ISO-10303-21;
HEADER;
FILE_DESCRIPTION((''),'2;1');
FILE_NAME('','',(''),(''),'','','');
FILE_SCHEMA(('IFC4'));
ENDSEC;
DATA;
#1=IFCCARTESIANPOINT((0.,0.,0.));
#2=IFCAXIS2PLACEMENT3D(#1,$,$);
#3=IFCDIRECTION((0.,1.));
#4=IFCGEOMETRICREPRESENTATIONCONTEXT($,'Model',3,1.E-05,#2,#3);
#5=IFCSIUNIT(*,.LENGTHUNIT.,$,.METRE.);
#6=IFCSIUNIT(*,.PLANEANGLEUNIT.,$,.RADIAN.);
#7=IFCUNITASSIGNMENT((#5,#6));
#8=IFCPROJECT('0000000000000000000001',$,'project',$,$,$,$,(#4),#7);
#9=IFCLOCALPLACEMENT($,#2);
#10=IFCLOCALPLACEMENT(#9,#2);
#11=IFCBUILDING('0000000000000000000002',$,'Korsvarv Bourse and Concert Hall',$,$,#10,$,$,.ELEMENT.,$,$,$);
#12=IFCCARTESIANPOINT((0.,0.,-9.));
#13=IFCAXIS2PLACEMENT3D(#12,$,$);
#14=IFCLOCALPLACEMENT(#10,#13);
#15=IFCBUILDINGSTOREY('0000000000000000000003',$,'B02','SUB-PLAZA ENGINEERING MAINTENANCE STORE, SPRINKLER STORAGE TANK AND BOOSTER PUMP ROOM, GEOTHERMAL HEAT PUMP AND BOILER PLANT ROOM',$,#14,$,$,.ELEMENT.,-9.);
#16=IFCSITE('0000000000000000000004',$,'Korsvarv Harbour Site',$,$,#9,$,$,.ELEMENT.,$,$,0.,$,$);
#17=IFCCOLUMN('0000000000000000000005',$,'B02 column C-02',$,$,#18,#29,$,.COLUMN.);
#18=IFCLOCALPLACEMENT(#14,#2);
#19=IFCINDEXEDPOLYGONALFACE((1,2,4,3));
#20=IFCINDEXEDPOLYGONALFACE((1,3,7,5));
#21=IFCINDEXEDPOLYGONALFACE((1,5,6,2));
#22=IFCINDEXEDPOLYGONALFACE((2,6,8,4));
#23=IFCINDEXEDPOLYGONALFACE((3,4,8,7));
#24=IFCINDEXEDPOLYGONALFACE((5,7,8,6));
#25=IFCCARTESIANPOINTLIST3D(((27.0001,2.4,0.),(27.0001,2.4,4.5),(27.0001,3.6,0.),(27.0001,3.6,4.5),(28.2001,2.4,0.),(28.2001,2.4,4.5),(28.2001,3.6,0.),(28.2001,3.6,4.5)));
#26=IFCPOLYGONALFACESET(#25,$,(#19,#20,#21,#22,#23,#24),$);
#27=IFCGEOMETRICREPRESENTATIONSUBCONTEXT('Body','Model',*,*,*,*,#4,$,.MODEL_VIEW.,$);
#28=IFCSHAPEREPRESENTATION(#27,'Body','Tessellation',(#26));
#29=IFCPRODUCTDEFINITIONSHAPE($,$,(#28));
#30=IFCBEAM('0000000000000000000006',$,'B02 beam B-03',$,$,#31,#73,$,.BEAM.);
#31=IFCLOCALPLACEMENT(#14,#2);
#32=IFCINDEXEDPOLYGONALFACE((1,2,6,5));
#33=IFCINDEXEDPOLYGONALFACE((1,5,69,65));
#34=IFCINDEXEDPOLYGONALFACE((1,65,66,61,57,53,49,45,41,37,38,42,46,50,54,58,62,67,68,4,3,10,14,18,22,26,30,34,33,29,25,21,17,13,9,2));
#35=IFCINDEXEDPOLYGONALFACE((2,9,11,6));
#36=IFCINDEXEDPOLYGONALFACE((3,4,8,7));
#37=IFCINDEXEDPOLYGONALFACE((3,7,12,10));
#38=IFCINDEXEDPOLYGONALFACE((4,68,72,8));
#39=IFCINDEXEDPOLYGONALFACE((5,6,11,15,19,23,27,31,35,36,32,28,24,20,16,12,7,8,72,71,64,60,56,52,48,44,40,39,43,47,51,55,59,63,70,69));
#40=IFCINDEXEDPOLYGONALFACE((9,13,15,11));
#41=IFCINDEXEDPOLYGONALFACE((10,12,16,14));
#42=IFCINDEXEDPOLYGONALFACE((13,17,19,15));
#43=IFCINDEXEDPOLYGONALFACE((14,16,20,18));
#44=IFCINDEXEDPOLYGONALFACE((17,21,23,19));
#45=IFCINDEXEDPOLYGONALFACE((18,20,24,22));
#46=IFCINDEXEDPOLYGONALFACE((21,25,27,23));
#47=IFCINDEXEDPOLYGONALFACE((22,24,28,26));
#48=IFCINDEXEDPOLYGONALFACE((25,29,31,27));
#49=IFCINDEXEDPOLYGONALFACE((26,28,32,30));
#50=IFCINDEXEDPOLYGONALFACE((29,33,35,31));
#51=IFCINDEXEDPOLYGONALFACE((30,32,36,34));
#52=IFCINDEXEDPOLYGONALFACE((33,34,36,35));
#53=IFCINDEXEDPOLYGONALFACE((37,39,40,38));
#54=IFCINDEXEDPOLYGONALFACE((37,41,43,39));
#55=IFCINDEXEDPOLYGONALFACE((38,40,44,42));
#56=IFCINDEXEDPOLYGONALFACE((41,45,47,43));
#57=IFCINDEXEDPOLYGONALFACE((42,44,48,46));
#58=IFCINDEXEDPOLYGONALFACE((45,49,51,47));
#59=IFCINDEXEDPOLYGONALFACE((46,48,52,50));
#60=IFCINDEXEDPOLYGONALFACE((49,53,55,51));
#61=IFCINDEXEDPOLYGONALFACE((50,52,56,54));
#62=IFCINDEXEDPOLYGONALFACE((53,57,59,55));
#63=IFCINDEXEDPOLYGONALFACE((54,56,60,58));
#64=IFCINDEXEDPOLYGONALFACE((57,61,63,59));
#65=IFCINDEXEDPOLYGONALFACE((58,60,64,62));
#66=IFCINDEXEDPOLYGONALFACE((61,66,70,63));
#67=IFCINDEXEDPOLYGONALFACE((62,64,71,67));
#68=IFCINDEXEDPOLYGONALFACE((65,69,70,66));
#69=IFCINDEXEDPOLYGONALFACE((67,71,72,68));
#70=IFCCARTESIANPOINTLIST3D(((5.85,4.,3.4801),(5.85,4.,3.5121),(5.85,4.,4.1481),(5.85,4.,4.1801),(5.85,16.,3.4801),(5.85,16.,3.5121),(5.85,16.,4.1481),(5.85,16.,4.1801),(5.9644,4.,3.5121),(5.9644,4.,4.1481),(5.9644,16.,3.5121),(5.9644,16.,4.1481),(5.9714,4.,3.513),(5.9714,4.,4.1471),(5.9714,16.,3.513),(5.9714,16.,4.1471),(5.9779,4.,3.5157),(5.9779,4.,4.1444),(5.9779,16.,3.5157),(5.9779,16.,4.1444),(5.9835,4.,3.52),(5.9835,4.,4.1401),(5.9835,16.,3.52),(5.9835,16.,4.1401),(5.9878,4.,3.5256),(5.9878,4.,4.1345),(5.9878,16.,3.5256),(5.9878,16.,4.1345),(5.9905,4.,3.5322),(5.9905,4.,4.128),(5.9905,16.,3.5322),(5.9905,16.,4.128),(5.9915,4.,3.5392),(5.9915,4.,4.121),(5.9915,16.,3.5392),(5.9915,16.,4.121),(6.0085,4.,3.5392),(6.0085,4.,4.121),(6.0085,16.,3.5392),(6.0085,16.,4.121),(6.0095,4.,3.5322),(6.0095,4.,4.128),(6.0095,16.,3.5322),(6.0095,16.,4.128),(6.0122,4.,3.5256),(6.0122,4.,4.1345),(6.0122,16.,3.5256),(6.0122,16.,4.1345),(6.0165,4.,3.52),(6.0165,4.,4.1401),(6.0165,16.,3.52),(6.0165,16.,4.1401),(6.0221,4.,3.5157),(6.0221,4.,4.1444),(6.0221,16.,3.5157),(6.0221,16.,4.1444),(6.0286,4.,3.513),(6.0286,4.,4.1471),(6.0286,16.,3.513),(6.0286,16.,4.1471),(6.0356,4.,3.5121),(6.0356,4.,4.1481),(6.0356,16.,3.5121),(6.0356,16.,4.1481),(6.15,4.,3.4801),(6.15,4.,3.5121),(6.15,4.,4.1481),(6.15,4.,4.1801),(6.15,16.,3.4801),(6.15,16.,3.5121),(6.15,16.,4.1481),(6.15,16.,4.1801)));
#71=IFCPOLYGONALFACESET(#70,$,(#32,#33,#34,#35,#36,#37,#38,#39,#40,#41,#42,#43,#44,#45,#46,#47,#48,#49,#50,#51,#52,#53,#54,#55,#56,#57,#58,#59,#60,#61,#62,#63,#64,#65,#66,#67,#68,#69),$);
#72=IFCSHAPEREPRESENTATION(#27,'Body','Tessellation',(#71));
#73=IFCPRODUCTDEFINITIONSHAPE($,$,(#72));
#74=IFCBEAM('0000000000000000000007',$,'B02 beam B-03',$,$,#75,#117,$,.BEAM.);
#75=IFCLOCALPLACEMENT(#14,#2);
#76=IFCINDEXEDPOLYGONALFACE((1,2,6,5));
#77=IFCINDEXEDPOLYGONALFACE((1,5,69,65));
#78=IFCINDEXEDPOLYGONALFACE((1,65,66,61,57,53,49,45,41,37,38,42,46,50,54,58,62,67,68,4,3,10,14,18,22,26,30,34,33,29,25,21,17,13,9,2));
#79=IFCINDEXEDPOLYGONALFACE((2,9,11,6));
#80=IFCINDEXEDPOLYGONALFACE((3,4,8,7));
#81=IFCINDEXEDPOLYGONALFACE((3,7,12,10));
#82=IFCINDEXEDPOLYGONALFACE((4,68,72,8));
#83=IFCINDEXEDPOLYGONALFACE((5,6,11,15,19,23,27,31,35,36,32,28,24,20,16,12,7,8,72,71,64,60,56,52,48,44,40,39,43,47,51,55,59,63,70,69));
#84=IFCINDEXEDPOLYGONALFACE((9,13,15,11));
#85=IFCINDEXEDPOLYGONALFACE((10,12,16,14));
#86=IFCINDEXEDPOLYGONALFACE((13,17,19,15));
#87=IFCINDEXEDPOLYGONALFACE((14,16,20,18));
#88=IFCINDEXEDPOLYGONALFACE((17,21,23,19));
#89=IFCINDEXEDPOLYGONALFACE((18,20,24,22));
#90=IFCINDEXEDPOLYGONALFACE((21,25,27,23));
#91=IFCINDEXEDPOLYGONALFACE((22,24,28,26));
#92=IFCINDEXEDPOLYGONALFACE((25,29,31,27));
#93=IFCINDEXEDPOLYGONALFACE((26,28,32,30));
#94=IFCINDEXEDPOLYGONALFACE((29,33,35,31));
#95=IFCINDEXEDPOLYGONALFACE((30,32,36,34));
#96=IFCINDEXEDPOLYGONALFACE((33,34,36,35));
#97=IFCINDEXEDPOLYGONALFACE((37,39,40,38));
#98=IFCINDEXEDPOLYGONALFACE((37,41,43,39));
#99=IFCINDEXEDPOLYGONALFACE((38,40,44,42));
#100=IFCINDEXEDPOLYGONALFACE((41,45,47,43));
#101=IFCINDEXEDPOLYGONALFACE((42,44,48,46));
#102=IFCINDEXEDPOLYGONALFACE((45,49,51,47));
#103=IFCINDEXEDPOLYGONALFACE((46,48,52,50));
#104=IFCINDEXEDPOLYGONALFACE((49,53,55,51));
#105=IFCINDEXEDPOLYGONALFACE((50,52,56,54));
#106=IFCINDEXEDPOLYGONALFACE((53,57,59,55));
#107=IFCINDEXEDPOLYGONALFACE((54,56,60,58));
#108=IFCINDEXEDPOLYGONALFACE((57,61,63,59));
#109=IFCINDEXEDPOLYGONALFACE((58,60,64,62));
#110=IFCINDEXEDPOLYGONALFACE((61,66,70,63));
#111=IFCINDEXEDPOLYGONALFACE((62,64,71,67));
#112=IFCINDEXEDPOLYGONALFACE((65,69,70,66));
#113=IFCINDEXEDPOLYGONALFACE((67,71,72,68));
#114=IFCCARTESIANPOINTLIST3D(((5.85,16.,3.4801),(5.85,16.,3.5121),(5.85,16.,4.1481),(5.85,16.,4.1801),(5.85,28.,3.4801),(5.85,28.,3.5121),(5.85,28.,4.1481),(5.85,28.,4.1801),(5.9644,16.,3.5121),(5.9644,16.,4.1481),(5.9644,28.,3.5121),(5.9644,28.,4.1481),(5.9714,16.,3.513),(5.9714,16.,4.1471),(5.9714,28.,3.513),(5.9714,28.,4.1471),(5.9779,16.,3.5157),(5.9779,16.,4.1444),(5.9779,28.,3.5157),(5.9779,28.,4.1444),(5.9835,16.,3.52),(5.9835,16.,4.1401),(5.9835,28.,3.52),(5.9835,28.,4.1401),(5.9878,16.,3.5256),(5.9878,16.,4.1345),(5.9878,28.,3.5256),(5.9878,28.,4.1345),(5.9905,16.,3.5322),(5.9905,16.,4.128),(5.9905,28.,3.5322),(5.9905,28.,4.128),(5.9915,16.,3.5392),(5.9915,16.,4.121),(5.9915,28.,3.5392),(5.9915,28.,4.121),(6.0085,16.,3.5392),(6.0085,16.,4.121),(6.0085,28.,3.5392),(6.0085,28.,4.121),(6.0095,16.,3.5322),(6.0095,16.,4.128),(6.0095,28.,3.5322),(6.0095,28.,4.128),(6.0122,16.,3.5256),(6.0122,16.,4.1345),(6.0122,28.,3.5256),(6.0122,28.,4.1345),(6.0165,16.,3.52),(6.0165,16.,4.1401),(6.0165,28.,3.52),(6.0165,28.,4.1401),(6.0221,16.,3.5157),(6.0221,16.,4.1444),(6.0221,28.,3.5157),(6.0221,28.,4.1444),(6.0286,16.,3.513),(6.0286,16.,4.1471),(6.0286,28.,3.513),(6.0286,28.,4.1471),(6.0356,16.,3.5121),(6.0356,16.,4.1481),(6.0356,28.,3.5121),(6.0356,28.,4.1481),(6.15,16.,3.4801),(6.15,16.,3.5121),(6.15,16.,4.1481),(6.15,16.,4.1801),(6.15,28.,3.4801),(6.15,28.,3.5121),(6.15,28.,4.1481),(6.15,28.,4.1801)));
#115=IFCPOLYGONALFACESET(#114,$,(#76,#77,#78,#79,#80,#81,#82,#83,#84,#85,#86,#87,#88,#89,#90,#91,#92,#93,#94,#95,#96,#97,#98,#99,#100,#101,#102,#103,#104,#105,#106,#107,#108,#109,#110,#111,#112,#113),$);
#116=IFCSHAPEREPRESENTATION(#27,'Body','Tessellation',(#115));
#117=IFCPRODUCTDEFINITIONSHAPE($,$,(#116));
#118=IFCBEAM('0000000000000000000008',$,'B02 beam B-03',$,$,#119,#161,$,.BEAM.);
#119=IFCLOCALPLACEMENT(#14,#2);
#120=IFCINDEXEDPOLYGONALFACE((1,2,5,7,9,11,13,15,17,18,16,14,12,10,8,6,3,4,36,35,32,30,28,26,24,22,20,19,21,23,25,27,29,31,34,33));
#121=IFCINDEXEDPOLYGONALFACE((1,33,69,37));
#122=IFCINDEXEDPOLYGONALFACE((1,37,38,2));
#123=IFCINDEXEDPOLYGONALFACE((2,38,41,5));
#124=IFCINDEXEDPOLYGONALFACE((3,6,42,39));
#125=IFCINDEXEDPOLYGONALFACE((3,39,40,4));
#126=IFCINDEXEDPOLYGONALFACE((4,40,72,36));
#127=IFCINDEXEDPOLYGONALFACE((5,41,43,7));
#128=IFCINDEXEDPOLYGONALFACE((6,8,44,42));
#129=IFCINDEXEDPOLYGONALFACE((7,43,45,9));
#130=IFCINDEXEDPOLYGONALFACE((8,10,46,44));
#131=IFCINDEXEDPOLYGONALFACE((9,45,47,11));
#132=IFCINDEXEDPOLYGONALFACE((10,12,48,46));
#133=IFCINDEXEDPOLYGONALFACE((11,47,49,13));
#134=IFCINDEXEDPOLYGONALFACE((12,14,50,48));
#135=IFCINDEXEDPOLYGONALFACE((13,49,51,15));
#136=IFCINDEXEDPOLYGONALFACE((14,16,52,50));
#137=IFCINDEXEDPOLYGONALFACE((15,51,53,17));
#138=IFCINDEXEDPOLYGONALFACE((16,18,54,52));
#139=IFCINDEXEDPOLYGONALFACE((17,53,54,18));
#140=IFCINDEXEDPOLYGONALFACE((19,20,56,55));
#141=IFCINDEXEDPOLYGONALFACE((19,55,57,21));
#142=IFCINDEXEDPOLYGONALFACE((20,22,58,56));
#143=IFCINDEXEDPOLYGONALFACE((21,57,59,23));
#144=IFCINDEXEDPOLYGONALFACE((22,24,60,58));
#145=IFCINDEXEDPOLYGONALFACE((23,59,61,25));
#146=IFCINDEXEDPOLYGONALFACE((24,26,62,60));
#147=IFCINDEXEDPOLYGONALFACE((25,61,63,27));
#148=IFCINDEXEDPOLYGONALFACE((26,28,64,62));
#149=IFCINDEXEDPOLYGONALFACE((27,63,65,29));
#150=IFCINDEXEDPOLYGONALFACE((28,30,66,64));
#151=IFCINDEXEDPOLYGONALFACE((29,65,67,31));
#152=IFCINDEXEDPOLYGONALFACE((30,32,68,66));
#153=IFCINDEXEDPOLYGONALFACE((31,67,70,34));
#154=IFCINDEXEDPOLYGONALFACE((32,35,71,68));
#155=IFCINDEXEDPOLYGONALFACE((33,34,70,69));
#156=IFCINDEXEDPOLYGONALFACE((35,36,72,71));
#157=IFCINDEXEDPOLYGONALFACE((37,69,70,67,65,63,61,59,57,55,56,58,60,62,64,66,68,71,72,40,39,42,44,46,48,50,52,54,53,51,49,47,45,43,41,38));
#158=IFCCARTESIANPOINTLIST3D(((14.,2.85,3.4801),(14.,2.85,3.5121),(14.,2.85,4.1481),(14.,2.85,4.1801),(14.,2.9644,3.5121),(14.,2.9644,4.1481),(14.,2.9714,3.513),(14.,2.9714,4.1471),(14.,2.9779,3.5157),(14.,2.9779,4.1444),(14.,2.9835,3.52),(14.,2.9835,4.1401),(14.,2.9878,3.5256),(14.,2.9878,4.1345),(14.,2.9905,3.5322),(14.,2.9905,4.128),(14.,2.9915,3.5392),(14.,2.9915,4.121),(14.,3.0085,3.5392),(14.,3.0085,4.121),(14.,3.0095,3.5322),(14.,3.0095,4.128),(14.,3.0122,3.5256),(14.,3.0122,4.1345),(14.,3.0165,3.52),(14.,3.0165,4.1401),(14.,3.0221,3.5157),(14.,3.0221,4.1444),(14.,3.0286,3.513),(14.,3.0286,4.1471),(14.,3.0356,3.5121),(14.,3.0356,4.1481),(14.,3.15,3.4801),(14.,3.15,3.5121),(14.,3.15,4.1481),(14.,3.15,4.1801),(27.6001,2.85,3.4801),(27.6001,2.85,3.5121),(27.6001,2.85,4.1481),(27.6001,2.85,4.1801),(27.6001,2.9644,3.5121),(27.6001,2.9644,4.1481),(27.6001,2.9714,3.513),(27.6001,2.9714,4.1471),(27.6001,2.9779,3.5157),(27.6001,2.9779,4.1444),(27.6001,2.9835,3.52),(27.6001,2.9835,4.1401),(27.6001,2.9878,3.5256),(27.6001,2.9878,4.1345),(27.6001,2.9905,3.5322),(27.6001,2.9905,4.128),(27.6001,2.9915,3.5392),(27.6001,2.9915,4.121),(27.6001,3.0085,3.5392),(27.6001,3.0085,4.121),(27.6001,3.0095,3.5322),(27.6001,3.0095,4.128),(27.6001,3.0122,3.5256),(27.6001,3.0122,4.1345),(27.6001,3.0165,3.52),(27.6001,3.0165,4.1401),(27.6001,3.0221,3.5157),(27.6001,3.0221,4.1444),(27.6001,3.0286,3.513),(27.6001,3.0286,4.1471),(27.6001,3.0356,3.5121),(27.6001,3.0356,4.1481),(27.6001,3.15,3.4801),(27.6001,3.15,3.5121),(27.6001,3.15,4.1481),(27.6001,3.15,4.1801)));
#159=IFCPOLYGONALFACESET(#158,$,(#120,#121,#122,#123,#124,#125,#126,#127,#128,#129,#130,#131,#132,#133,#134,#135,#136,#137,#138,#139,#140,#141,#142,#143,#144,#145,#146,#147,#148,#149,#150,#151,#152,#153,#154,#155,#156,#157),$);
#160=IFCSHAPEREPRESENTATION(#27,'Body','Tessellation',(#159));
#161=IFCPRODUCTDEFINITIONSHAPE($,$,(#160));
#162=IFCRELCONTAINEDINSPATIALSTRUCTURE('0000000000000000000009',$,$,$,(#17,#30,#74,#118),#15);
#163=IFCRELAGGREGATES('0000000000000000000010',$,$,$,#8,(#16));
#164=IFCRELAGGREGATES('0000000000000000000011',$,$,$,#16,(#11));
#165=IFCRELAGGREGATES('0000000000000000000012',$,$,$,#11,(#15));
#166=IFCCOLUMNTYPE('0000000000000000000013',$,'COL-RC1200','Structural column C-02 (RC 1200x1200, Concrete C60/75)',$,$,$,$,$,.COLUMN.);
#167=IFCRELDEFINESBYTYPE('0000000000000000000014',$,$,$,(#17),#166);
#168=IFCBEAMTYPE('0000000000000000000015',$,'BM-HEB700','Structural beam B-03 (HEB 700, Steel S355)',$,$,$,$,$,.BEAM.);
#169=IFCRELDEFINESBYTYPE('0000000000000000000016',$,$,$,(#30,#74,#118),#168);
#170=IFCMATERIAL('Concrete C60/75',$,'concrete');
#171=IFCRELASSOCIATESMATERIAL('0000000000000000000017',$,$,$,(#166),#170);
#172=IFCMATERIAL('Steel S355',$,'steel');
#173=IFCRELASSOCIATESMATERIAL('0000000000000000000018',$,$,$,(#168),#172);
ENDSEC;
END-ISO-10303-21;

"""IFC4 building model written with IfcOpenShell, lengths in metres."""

from ifc_helpers import new_model, si_unit, direction, frame, origin, origin_2d, place, context, subcontext, project, spatial, rectangle, i_section, extrude, source, transform, mapped, material, material_profile, profile_set, type_object, element, save


model = new_model("IFC4")

# Units and contexts
model_context = context("Model", 3, precision=1e-05, world=origin(), true_north=direction((0.0, 1.0)))
body_context = subcontext(model_context, "Body", "Model", "MODEL_VIEW")
ifc_project = project(units=[si_unit("LENGTHUNIT", "METRE"), si_unit("PLANEANGLEUNIT", "RADIAN")], contexts=[model_context])

# Site, building, storey
site_placement = place(None, origin())
site = spatial("IfcSite", under=ifc_project, at=site_placement, Name="Korsvarv Harbour Site", CompositionType="ELEMENT", RefElevation=0.0)
building_placement = place(site_placement, origin())
building = spatial("IfcBuilding", under=site, at=building_placement, Name="Korsvarv Bourse and Concert Hall", CompositionType="ELEMENT")
storey_placement = place(building_placement, frame((0.0, 0.0, -9.0)))
storey = spatial("IfcBuildingStorey", under=building, at=storey_placement, Name="B02", Description="SUB-PLAZA ENGINEERING MAINTENANCE STORE, SPRINKLER STORAGE TANK AND BOOSTER PUMP ROOM, GEOTHERMAL HEAT PUMP AND BOILER PLANT ROOM", CompositionType="ELEMENT", Elevation=-9.0)

# Column
ifc_material_1 = material(Name="Concrete C60/75", Category="concrete")
ifc_material_profile_1 = material_profile(ifc_material_1, rectangle(XDim=1.2, YDim=1.2, at=origin_2d()), Name="RC 1200x1200")
ifc_profile_set_1 = profile_set([ifc_material_profile_1], Name="Concrete C60/75")
column_type = type_object("IfcColumnType", Name="COL-RC1200", Description="Structural column C-02 (RC 1200x1200, Concrete C60/75)", PredefinedType="COLUMN", material=ifc_profile_set_1)
shared_shape_1 = source(origin(), body_context, "Body", "SweptSolid", [
    extrude(rectangle(XDim=1.2, YDim=1.2, at=origin_2d()), origin(), (0.0, 0.0, 1.0), 4.5),
])
for number, where, z_axis, x_axis, name in (
    (1, (27.6001, 3.0, 0.0), (0.0, 0.0, 1.0), (1.0, 0.0, 0.0), "B02 column C-02"),
):
    element("IfcColumn", number, at=place(storey_placement, frame(where, z_axis=z_axis, x_axis=x_axis)), inside=storey, type_object=column_type, Name=name, PredefinedType="COLUMN", context=body_context, shape_type="MappedRepresentation", body=[
        mapped(shared_shape_1, transform((0.0, 0.0, 0.0), scale=1.0)),
    ])

# Beams
ifc_material_2 = material(Name="Steel S355", Category="steel")
ifc_material_profile_2 = material_profile(ifc_material_2, i_section(OverallWidth=0.3, OverallDepth=0.7, WebThickness=0.0171, FlangeThickness=0.032, FilletRadius=0.0271, at=origin_2d()), Name="HEB 700")
ifc_profile_set_2 = profile_set([ifc_material_profile_2], Name="Steel S355")
beam_type_1 = type_object("IfcBeamType", Name="BM-HEB700", Description="Structural beam B-03 (HEB 700, Steel S355)", PredefinedType="BEAM", material=ifc_profile_set_2)
shared_shape_2 = source(origin(), body_context, "Body", "SweptSolid", [
    extrude(i_section(OverallWidth=0.3, OverallDepth=0.7, WebThickness=0.0171, FlangeThickness=0.032, FilletRadius=0.0271, at=origin_2d()), origin(), (0.0, 0.0, 1.0), 12.0),
])
for number, where, z_axis, x_axis, name in (
    (2, (6.0, 4.0, 3.8301), (0.0, 1.0, 0.0), (-1.0, 0.0, 0.0), "B02 beam B-03"),
    (3, (6.0, 16.0, 3.8301), (0.0, 1.0, 0.0), (-1.0, 0.0, 0.0), "B02 beam B-03"),
):
    element("IfcBeam", number, at=place(storey_placement, frame(where, z_axis=z_axis, x_axis=x_axis)), inside=storey, type_object=beam_type_1, Name=name, PredefinedType="BEAM", context=body_context, shape_type="MappedRepresentation", body=[
        mapped(shared_shape_2, transform((0.0, 0.0, 0.0), scale=1.0)),
    ])
shared_shape_3 = source(origin(), body_context, "Body", "SweptSolid", [
    extrude(i_section(OverallWidth=0.3, OverallDepth=0.7, WebThickness=0.0171, FlangeThickness=0.032, FilletRadius=0.0271, at=origin_2d()), origin(), (0.0, 0.0, 1.0), 13.6001),
])
beam_1_placement = place(storey_placement, frame((14.0, 3.0, 3.8301), z_axis=(1.0, 0.0, 0.0), x_axis=(0.0, 1.0, 0.0)))
element("IfcBeam", 4, at=beam_1_placement, inside=storey, type_object=beam_type_1, Name="B02 beam B-03", PredefinedType="BEAM", context=body_context, shape_type="MappedRepresentation", body=[
    mapped(shared_shape_3, transform((0.0, 0.0, 0.0), scale=1.0)),
])

save(model, "model.ifc")
